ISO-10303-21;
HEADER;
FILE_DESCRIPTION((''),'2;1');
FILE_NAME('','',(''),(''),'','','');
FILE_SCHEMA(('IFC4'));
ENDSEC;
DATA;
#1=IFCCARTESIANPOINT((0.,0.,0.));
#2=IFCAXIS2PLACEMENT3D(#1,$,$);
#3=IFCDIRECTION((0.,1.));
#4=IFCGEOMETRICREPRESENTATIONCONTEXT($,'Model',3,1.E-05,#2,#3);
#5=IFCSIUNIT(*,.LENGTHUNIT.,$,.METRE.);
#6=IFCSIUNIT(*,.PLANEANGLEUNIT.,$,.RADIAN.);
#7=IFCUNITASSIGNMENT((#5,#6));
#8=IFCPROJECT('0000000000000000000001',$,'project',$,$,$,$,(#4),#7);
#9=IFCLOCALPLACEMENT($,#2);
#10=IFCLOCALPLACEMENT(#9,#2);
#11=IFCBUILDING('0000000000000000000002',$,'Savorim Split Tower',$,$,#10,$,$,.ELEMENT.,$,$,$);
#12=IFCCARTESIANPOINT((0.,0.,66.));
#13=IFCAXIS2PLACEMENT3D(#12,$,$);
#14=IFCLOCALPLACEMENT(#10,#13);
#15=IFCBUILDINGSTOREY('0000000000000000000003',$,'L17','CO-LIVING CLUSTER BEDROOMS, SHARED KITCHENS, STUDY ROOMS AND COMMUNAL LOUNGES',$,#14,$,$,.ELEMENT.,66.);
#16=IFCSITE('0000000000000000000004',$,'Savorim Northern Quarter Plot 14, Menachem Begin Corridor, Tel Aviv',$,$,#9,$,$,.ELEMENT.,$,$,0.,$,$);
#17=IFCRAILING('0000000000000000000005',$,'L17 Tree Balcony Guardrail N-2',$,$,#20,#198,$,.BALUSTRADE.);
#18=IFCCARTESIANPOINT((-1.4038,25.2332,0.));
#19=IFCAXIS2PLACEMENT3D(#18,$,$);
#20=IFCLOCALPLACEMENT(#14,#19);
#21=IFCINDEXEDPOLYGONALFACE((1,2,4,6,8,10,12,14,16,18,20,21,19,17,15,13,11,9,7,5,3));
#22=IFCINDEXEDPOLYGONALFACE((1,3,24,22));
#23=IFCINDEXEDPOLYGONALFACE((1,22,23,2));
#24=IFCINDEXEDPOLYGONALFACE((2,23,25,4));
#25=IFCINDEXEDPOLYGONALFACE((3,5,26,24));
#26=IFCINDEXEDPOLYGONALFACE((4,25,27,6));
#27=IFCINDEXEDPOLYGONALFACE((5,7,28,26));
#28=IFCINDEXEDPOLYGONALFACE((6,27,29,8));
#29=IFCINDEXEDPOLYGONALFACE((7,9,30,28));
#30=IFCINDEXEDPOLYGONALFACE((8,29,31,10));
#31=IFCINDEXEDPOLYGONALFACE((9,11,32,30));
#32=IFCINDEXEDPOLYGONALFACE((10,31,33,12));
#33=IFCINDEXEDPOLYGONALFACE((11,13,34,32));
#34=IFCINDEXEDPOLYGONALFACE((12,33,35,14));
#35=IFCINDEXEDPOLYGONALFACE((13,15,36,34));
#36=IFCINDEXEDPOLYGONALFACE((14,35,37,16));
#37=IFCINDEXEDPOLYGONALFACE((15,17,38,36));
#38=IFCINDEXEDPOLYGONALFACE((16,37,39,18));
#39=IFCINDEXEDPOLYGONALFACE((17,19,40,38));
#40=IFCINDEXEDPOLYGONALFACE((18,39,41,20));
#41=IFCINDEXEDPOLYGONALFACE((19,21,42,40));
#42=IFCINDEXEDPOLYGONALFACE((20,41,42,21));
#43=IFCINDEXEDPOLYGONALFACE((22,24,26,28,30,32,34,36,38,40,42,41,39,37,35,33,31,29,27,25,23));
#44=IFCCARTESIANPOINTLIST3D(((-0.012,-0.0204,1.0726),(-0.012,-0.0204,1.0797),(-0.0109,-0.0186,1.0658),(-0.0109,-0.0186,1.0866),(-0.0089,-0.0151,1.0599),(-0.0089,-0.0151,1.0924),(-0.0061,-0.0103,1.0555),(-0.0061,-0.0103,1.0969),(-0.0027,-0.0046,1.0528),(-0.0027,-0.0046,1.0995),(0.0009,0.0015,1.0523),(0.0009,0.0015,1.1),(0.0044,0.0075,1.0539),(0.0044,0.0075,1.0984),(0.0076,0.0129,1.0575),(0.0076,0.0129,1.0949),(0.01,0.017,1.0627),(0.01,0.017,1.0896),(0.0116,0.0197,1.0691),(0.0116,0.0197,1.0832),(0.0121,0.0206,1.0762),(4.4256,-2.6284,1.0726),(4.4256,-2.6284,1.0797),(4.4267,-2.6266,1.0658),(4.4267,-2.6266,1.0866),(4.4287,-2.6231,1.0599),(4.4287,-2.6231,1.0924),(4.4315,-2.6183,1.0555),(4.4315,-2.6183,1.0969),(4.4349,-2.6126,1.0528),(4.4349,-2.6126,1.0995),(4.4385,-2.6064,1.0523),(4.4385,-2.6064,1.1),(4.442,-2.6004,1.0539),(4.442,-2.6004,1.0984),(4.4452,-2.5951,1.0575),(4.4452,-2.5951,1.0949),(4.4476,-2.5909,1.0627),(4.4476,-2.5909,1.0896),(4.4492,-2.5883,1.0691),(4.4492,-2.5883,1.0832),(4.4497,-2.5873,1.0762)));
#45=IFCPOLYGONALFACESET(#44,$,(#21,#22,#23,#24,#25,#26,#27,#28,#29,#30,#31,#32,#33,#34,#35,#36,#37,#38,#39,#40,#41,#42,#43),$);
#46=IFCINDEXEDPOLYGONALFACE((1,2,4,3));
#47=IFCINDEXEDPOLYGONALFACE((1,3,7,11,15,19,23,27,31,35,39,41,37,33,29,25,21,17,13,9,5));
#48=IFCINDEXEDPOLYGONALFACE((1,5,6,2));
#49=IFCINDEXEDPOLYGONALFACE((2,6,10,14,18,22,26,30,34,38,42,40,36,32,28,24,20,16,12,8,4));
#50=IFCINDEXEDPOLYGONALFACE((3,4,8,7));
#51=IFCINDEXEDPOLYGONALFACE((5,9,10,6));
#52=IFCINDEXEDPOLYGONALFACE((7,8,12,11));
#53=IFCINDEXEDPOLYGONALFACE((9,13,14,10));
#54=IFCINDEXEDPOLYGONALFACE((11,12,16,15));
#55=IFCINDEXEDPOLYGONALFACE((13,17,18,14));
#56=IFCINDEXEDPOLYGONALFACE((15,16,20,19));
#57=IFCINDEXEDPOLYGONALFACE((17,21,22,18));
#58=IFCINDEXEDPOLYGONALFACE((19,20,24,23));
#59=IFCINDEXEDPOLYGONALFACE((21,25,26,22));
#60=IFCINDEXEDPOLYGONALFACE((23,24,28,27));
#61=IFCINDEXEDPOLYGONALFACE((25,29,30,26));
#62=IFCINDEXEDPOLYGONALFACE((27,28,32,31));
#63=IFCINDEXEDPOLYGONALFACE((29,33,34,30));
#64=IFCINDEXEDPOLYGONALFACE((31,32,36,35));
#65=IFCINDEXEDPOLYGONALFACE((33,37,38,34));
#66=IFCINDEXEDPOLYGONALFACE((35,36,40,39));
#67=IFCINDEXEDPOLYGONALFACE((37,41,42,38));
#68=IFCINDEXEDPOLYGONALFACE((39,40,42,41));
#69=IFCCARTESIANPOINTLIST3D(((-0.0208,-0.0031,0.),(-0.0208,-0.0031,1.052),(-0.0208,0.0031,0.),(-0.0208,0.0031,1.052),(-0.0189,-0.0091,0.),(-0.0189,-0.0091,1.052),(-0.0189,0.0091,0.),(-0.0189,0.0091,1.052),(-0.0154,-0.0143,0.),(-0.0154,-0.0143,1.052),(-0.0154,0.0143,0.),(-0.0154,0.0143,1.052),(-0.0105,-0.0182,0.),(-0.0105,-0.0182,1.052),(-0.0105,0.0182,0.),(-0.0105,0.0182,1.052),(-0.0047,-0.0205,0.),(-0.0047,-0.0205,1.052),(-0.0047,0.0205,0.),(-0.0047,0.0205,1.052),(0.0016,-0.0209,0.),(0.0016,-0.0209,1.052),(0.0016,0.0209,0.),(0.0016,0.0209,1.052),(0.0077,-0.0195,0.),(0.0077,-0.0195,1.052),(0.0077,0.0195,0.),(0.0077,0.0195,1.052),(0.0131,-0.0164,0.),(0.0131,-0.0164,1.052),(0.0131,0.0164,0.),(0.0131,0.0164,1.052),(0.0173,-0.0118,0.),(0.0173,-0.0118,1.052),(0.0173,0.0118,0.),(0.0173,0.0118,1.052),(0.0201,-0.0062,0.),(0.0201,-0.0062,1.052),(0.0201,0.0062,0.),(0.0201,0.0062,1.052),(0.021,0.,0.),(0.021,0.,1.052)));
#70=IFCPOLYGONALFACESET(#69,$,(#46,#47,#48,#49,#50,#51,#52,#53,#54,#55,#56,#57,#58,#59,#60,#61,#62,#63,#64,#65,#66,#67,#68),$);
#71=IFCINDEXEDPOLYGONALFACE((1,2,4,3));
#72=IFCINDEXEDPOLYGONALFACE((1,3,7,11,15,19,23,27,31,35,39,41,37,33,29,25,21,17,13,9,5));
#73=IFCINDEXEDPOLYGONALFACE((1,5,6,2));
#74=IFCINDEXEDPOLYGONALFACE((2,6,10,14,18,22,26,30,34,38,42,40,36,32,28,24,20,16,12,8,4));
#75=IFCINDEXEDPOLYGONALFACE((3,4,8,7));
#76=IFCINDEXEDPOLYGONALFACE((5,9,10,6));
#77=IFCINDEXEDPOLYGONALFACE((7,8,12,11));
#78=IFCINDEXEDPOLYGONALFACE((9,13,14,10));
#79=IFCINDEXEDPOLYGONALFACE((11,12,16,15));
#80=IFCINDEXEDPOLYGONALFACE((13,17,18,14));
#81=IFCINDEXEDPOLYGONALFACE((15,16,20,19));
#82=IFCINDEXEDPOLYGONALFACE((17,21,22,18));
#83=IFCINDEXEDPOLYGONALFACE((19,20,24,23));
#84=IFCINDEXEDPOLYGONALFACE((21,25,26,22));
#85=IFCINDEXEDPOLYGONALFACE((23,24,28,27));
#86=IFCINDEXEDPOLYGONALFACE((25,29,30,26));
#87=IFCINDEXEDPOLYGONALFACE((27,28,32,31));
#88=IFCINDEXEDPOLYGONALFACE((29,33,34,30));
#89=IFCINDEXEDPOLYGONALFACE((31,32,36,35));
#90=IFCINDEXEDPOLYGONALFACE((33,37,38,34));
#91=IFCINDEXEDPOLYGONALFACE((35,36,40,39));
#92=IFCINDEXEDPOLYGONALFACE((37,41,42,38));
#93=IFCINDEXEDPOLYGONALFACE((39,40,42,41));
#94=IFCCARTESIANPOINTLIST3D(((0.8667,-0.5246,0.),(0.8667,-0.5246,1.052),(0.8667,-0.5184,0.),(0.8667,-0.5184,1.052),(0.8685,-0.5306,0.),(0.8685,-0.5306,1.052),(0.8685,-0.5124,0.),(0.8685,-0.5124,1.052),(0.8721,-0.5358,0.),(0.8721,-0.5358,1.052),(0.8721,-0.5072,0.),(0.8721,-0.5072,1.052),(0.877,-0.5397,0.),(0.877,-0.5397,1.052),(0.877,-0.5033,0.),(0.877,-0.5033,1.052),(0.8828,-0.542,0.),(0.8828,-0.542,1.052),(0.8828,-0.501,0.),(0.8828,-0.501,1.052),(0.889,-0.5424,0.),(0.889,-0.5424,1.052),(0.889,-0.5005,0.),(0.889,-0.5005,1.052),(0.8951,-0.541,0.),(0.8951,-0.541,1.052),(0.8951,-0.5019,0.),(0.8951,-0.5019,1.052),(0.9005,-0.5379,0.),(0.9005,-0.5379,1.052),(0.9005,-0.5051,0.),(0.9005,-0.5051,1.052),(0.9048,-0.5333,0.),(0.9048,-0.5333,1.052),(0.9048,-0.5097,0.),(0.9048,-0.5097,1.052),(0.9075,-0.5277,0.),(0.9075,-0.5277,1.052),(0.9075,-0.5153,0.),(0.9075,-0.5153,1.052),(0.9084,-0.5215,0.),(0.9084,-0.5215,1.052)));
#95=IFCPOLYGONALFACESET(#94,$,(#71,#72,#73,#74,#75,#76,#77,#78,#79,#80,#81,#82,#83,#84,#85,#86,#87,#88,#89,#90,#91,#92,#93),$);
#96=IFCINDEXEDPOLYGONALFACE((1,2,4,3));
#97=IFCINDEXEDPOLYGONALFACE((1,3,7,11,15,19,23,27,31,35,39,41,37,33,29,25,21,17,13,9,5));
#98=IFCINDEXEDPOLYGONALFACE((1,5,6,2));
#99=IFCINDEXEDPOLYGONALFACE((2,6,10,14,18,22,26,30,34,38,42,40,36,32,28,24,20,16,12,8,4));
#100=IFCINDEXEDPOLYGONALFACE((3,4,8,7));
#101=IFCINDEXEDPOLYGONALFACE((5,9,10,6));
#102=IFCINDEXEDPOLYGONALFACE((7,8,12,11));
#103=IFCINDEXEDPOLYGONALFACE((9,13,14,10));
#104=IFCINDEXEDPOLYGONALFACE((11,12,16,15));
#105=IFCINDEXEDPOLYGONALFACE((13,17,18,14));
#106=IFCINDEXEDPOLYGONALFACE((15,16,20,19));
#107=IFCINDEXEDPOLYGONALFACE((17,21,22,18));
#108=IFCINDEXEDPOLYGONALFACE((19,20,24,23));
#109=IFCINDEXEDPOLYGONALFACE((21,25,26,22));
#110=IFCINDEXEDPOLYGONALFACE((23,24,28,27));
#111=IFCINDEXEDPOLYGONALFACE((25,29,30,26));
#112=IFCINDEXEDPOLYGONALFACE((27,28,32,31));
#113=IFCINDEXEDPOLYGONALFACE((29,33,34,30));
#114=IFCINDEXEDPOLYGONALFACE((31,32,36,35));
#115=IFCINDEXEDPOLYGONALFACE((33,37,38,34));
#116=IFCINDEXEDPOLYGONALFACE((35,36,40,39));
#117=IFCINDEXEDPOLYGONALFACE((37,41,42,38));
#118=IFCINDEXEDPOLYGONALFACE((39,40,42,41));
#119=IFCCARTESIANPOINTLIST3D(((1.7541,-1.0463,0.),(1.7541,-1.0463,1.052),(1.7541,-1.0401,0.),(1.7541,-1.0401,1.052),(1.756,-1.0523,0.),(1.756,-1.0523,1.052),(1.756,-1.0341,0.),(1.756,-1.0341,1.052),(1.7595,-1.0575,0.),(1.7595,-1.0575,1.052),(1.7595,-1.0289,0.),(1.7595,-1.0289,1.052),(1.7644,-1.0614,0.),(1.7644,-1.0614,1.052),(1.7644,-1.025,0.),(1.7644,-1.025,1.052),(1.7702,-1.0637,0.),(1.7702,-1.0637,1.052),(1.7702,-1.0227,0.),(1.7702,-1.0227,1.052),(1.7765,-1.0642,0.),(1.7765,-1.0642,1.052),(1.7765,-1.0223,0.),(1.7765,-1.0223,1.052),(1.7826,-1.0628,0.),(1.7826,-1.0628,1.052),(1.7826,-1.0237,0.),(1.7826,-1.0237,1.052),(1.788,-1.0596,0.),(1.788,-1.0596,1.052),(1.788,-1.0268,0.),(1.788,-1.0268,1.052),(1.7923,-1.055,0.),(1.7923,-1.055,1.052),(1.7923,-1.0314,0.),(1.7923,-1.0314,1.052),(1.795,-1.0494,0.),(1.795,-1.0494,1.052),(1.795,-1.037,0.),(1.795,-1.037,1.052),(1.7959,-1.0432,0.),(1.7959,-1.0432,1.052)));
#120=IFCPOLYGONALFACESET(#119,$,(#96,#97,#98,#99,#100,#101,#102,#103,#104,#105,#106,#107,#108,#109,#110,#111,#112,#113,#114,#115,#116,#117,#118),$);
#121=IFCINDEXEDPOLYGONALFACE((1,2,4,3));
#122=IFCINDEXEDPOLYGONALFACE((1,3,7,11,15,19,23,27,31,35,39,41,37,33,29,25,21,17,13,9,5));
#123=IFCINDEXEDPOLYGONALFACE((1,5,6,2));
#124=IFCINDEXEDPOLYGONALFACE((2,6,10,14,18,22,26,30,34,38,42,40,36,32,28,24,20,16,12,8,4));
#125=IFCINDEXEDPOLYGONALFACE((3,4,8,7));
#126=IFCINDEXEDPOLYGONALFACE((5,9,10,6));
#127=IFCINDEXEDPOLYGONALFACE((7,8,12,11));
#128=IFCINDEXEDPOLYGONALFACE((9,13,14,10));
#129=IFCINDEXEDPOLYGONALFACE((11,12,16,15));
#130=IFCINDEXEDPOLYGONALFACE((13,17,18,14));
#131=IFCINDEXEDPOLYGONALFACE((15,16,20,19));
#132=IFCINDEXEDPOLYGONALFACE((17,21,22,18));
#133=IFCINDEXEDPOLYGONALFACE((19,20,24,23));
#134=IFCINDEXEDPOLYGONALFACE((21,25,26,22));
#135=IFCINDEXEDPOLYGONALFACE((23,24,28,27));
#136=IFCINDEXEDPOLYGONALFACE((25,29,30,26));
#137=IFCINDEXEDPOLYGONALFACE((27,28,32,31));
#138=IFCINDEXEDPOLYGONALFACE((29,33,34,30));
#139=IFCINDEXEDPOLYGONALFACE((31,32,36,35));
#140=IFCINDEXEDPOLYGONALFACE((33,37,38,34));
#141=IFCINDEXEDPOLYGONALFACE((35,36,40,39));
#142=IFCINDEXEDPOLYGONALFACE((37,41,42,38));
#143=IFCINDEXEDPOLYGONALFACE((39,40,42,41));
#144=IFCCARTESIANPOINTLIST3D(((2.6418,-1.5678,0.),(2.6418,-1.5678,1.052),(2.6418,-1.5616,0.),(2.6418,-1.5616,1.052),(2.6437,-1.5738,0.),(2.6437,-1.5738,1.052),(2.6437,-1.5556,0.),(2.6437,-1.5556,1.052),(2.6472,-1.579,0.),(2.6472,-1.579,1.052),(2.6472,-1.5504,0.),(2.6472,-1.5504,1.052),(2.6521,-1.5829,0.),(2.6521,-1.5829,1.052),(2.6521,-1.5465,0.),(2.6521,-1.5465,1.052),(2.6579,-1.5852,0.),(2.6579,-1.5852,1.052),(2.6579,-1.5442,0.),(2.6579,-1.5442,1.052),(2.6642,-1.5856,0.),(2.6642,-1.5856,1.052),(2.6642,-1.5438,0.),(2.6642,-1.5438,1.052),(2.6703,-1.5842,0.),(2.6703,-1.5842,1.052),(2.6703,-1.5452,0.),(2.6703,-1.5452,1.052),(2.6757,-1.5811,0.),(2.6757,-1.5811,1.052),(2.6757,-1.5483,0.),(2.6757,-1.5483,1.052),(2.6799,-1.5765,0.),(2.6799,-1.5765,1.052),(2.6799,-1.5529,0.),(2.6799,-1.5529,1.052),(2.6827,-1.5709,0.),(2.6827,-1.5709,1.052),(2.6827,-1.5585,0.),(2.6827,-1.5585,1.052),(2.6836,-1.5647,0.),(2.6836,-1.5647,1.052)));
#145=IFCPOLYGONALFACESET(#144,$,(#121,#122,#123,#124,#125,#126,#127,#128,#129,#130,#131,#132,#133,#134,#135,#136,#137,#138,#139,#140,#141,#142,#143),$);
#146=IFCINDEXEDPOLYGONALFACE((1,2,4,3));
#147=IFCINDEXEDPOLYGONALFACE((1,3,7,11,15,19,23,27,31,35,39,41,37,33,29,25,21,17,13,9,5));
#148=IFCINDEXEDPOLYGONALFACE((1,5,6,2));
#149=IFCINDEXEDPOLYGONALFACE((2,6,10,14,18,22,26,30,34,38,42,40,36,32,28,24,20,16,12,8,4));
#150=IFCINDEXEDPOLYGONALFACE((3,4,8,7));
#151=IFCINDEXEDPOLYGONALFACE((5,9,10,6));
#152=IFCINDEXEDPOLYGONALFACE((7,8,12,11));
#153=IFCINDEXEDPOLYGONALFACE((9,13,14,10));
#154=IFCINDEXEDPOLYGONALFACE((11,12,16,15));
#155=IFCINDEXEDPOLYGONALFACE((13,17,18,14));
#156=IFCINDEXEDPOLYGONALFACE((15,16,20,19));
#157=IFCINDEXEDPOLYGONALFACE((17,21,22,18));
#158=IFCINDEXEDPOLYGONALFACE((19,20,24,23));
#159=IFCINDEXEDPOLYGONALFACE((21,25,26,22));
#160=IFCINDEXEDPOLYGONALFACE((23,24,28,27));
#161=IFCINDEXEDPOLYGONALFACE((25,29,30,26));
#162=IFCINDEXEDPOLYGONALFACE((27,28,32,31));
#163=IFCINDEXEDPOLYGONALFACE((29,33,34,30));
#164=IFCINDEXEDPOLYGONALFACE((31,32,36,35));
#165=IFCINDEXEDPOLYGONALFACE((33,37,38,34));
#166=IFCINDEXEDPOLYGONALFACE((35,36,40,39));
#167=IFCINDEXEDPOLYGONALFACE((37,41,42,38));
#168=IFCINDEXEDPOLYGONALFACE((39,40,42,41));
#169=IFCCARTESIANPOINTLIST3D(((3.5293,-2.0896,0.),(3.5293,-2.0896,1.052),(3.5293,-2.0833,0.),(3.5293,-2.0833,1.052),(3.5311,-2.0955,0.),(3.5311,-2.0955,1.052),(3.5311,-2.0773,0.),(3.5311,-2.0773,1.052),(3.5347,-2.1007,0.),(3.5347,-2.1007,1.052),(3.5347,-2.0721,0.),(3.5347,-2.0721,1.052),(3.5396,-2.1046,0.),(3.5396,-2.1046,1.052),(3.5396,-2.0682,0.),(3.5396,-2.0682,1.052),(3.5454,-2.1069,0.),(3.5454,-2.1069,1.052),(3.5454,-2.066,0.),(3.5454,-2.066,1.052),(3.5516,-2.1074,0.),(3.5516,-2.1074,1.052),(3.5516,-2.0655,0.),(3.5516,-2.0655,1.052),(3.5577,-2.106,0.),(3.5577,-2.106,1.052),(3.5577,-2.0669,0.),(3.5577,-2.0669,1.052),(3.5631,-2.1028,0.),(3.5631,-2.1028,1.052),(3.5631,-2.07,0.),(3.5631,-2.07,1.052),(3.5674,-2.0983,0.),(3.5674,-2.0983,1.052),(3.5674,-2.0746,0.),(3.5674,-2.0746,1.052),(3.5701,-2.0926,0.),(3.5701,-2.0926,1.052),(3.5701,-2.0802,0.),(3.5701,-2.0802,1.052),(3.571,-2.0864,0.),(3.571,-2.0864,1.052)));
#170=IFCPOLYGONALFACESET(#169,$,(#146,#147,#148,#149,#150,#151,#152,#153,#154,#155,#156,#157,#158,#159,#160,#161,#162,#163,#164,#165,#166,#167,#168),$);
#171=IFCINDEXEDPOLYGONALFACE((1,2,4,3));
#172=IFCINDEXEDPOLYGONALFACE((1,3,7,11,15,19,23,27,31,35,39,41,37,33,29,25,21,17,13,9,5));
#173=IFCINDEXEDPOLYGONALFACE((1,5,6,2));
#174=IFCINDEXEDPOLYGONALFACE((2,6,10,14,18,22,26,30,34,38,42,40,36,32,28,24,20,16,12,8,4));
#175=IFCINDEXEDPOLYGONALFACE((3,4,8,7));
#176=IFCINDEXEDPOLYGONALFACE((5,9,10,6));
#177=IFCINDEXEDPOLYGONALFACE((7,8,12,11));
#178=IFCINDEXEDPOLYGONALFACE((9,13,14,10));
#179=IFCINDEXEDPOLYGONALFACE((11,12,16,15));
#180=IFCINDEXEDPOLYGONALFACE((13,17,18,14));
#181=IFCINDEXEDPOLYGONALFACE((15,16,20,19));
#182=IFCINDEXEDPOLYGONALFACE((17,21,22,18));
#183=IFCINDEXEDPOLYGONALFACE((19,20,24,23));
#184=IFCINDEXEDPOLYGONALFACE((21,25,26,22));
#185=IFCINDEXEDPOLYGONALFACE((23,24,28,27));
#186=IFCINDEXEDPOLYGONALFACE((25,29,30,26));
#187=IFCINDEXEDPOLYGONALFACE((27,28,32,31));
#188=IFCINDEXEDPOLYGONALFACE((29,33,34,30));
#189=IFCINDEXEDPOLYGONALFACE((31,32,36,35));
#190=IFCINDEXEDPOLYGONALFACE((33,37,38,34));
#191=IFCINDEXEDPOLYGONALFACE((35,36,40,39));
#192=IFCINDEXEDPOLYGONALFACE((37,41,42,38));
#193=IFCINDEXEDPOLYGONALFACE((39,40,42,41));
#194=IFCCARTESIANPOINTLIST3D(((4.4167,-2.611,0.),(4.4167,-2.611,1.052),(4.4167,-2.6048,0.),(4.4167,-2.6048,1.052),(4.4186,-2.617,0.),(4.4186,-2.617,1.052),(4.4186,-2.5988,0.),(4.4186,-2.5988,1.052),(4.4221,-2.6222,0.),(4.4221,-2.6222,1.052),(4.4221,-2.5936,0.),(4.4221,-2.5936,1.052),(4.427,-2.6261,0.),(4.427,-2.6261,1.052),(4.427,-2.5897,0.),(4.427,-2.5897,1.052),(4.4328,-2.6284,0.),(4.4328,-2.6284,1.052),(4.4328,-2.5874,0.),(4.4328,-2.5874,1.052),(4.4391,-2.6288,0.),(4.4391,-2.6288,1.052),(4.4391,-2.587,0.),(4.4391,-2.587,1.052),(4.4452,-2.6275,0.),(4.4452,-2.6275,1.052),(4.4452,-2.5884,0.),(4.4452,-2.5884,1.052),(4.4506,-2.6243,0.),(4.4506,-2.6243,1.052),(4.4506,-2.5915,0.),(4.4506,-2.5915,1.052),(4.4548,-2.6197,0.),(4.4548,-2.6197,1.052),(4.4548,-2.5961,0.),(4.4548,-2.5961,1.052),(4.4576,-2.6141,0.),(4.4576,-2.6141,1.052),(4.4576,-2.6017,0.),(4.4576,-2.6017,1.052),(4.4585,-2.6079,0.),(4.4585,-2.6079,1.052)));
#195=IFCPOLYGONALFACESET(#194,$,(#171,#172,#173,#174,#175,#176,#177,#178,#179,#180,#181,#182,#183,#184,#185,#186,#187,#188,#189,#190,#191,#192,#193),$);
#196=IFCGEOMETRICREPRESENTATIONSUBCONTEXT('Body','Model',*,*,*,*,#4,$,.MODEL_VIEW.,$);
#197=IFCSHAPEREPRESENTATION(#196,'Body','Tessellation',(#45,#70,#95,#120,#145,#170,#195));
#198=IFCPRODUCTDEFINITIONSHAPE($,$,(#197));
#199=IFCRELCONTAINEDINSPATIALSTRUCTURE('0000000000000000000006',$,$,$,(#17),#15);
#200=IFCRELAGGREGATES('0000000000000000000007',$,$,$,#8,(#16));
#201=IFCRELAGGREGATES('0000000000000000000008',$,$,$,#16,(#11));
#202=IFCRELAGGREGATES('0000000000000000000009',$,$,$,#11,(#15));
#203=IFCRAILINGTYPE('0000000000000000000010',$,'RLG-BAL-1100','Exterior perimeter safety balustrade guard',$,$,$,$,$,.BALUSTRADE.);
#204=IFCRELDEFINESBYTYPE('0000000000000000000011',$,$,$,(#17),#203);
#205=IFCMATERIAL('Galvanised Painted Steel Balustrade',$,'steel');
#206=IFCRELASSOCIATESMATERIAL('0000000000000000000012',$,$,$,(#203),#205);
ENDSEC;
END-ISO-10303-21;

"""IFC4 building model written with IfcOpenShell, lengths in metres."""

from ifc_helpers import new_model, si_unit, direction, frame, origin, origin_2d, place, context, subcontext, project, spatial, circle, extrude, material, type_object, element, save


model = new_model("IFC4")

# Units and contexts
model_context = context("Model", 3, precision=1e-05, world=origin(), true_north=direction((0.0, 1.0)))
body_context = subcontext(model_context, "Body", "Model", "MODEL_VIEW")
ifc_project = project(units=[si_unit("LENGTHUNIT", "METRE"), si_unit("PLANEANGLEUNIT", "RADIAN")], contexts=[model_context])

# Site, building, storey
site_placement = place(None, origin())
site = spatial("IfcSite", under=ifc_project, at=site_placement, Name="Savorim Northern Quarter Plot 14, Menachem Begin Corridor, Tel Aviv", CompositionType="ELEMENT", RefElevation=0.0)
building_placement = place(site_placement, origin())
building = spatial("IfcBuilding", under=site, at=building_placement, Name="Savorim Split Tower", CompositionType="ELEMENT")
storey_placement = place(building_placement, frame((0.0, 0.0, 66.0)))
storey = spatial("IfcBuildingStorey", under=building, at=storey_placement, Name="L17", Description="CO-LIVING CLUSTER BEDROOMS, SHARED KITCHENS, STUDY ROOMS AND COMMUNAL LOUNGES", CompositionType="ELEMENT", Elevation=66.0)

# Railing
ifc_material_1 = material(Name="Galvanised Painted Steel Balustrade", Category="steel")
railing_type = type_object("IfcRailingType", Name="RLG-BAL-1100", Description="Exterior perimeter safety balustrade guard", PredefinedType="BALUSTRADE", material=ifc_material_1)
railing_1_placement = place(storey_placement, frame((-1.4038, 25.2332, 0.0)))
element("IfcRailing", 1, at=railing_1_placement, inside=storey, type_object=railing_type, Name="L17 Tree Balcony Guardrail N-2", PredefinedType="BALUSTRADE", context=body_context, shape_type="SweptSolid", body=[
    extrude(circle(Radius=0.0239, at=origin_2d()), frame((0.0, 0.0, 1.0762), z_axis=(0.862137, -0.506676, 0.0), x_axis=(0.506676, 0.862137, 0.0)), (0.0, 0.0, 1.0), 5.1472),
    extrude(circle(Radius=0.021, at=origin_2d()), origin(), (0.0, 0.0, 1.0), 1.052),
    extrude(circle(Radius=0.021, at=origin_2d()), frame((0.8875, -0.5215, 0.0)), (0.0, 0.0, 1.0), 1.052),
    extrude(circle(Radius=0.021, at=origin_2d()), frame((1.7749, -1.0432, 0.0)), (0.0, 0.0, 1.0), 1.052),
    extrude(circle(Radius=0.021, at=origin_2d()), frame((2.6626, -1.5647, 0.0)), (0.0, 0.0, 1.0), 1.052),
    extrude(circle(Radius=0.021, at=origin_2d()), frame((3.55, -2.0864, 0.0)), (0.0, 0.0, 1.0), 1.052),
    extrude(circle(Radius=0.021, at=origin_2d()), frame((4.4375, -2.6079, 0.0)), (0.0, 0.0, 1.0), 1.052),
])

save(model, "model.ifc")
